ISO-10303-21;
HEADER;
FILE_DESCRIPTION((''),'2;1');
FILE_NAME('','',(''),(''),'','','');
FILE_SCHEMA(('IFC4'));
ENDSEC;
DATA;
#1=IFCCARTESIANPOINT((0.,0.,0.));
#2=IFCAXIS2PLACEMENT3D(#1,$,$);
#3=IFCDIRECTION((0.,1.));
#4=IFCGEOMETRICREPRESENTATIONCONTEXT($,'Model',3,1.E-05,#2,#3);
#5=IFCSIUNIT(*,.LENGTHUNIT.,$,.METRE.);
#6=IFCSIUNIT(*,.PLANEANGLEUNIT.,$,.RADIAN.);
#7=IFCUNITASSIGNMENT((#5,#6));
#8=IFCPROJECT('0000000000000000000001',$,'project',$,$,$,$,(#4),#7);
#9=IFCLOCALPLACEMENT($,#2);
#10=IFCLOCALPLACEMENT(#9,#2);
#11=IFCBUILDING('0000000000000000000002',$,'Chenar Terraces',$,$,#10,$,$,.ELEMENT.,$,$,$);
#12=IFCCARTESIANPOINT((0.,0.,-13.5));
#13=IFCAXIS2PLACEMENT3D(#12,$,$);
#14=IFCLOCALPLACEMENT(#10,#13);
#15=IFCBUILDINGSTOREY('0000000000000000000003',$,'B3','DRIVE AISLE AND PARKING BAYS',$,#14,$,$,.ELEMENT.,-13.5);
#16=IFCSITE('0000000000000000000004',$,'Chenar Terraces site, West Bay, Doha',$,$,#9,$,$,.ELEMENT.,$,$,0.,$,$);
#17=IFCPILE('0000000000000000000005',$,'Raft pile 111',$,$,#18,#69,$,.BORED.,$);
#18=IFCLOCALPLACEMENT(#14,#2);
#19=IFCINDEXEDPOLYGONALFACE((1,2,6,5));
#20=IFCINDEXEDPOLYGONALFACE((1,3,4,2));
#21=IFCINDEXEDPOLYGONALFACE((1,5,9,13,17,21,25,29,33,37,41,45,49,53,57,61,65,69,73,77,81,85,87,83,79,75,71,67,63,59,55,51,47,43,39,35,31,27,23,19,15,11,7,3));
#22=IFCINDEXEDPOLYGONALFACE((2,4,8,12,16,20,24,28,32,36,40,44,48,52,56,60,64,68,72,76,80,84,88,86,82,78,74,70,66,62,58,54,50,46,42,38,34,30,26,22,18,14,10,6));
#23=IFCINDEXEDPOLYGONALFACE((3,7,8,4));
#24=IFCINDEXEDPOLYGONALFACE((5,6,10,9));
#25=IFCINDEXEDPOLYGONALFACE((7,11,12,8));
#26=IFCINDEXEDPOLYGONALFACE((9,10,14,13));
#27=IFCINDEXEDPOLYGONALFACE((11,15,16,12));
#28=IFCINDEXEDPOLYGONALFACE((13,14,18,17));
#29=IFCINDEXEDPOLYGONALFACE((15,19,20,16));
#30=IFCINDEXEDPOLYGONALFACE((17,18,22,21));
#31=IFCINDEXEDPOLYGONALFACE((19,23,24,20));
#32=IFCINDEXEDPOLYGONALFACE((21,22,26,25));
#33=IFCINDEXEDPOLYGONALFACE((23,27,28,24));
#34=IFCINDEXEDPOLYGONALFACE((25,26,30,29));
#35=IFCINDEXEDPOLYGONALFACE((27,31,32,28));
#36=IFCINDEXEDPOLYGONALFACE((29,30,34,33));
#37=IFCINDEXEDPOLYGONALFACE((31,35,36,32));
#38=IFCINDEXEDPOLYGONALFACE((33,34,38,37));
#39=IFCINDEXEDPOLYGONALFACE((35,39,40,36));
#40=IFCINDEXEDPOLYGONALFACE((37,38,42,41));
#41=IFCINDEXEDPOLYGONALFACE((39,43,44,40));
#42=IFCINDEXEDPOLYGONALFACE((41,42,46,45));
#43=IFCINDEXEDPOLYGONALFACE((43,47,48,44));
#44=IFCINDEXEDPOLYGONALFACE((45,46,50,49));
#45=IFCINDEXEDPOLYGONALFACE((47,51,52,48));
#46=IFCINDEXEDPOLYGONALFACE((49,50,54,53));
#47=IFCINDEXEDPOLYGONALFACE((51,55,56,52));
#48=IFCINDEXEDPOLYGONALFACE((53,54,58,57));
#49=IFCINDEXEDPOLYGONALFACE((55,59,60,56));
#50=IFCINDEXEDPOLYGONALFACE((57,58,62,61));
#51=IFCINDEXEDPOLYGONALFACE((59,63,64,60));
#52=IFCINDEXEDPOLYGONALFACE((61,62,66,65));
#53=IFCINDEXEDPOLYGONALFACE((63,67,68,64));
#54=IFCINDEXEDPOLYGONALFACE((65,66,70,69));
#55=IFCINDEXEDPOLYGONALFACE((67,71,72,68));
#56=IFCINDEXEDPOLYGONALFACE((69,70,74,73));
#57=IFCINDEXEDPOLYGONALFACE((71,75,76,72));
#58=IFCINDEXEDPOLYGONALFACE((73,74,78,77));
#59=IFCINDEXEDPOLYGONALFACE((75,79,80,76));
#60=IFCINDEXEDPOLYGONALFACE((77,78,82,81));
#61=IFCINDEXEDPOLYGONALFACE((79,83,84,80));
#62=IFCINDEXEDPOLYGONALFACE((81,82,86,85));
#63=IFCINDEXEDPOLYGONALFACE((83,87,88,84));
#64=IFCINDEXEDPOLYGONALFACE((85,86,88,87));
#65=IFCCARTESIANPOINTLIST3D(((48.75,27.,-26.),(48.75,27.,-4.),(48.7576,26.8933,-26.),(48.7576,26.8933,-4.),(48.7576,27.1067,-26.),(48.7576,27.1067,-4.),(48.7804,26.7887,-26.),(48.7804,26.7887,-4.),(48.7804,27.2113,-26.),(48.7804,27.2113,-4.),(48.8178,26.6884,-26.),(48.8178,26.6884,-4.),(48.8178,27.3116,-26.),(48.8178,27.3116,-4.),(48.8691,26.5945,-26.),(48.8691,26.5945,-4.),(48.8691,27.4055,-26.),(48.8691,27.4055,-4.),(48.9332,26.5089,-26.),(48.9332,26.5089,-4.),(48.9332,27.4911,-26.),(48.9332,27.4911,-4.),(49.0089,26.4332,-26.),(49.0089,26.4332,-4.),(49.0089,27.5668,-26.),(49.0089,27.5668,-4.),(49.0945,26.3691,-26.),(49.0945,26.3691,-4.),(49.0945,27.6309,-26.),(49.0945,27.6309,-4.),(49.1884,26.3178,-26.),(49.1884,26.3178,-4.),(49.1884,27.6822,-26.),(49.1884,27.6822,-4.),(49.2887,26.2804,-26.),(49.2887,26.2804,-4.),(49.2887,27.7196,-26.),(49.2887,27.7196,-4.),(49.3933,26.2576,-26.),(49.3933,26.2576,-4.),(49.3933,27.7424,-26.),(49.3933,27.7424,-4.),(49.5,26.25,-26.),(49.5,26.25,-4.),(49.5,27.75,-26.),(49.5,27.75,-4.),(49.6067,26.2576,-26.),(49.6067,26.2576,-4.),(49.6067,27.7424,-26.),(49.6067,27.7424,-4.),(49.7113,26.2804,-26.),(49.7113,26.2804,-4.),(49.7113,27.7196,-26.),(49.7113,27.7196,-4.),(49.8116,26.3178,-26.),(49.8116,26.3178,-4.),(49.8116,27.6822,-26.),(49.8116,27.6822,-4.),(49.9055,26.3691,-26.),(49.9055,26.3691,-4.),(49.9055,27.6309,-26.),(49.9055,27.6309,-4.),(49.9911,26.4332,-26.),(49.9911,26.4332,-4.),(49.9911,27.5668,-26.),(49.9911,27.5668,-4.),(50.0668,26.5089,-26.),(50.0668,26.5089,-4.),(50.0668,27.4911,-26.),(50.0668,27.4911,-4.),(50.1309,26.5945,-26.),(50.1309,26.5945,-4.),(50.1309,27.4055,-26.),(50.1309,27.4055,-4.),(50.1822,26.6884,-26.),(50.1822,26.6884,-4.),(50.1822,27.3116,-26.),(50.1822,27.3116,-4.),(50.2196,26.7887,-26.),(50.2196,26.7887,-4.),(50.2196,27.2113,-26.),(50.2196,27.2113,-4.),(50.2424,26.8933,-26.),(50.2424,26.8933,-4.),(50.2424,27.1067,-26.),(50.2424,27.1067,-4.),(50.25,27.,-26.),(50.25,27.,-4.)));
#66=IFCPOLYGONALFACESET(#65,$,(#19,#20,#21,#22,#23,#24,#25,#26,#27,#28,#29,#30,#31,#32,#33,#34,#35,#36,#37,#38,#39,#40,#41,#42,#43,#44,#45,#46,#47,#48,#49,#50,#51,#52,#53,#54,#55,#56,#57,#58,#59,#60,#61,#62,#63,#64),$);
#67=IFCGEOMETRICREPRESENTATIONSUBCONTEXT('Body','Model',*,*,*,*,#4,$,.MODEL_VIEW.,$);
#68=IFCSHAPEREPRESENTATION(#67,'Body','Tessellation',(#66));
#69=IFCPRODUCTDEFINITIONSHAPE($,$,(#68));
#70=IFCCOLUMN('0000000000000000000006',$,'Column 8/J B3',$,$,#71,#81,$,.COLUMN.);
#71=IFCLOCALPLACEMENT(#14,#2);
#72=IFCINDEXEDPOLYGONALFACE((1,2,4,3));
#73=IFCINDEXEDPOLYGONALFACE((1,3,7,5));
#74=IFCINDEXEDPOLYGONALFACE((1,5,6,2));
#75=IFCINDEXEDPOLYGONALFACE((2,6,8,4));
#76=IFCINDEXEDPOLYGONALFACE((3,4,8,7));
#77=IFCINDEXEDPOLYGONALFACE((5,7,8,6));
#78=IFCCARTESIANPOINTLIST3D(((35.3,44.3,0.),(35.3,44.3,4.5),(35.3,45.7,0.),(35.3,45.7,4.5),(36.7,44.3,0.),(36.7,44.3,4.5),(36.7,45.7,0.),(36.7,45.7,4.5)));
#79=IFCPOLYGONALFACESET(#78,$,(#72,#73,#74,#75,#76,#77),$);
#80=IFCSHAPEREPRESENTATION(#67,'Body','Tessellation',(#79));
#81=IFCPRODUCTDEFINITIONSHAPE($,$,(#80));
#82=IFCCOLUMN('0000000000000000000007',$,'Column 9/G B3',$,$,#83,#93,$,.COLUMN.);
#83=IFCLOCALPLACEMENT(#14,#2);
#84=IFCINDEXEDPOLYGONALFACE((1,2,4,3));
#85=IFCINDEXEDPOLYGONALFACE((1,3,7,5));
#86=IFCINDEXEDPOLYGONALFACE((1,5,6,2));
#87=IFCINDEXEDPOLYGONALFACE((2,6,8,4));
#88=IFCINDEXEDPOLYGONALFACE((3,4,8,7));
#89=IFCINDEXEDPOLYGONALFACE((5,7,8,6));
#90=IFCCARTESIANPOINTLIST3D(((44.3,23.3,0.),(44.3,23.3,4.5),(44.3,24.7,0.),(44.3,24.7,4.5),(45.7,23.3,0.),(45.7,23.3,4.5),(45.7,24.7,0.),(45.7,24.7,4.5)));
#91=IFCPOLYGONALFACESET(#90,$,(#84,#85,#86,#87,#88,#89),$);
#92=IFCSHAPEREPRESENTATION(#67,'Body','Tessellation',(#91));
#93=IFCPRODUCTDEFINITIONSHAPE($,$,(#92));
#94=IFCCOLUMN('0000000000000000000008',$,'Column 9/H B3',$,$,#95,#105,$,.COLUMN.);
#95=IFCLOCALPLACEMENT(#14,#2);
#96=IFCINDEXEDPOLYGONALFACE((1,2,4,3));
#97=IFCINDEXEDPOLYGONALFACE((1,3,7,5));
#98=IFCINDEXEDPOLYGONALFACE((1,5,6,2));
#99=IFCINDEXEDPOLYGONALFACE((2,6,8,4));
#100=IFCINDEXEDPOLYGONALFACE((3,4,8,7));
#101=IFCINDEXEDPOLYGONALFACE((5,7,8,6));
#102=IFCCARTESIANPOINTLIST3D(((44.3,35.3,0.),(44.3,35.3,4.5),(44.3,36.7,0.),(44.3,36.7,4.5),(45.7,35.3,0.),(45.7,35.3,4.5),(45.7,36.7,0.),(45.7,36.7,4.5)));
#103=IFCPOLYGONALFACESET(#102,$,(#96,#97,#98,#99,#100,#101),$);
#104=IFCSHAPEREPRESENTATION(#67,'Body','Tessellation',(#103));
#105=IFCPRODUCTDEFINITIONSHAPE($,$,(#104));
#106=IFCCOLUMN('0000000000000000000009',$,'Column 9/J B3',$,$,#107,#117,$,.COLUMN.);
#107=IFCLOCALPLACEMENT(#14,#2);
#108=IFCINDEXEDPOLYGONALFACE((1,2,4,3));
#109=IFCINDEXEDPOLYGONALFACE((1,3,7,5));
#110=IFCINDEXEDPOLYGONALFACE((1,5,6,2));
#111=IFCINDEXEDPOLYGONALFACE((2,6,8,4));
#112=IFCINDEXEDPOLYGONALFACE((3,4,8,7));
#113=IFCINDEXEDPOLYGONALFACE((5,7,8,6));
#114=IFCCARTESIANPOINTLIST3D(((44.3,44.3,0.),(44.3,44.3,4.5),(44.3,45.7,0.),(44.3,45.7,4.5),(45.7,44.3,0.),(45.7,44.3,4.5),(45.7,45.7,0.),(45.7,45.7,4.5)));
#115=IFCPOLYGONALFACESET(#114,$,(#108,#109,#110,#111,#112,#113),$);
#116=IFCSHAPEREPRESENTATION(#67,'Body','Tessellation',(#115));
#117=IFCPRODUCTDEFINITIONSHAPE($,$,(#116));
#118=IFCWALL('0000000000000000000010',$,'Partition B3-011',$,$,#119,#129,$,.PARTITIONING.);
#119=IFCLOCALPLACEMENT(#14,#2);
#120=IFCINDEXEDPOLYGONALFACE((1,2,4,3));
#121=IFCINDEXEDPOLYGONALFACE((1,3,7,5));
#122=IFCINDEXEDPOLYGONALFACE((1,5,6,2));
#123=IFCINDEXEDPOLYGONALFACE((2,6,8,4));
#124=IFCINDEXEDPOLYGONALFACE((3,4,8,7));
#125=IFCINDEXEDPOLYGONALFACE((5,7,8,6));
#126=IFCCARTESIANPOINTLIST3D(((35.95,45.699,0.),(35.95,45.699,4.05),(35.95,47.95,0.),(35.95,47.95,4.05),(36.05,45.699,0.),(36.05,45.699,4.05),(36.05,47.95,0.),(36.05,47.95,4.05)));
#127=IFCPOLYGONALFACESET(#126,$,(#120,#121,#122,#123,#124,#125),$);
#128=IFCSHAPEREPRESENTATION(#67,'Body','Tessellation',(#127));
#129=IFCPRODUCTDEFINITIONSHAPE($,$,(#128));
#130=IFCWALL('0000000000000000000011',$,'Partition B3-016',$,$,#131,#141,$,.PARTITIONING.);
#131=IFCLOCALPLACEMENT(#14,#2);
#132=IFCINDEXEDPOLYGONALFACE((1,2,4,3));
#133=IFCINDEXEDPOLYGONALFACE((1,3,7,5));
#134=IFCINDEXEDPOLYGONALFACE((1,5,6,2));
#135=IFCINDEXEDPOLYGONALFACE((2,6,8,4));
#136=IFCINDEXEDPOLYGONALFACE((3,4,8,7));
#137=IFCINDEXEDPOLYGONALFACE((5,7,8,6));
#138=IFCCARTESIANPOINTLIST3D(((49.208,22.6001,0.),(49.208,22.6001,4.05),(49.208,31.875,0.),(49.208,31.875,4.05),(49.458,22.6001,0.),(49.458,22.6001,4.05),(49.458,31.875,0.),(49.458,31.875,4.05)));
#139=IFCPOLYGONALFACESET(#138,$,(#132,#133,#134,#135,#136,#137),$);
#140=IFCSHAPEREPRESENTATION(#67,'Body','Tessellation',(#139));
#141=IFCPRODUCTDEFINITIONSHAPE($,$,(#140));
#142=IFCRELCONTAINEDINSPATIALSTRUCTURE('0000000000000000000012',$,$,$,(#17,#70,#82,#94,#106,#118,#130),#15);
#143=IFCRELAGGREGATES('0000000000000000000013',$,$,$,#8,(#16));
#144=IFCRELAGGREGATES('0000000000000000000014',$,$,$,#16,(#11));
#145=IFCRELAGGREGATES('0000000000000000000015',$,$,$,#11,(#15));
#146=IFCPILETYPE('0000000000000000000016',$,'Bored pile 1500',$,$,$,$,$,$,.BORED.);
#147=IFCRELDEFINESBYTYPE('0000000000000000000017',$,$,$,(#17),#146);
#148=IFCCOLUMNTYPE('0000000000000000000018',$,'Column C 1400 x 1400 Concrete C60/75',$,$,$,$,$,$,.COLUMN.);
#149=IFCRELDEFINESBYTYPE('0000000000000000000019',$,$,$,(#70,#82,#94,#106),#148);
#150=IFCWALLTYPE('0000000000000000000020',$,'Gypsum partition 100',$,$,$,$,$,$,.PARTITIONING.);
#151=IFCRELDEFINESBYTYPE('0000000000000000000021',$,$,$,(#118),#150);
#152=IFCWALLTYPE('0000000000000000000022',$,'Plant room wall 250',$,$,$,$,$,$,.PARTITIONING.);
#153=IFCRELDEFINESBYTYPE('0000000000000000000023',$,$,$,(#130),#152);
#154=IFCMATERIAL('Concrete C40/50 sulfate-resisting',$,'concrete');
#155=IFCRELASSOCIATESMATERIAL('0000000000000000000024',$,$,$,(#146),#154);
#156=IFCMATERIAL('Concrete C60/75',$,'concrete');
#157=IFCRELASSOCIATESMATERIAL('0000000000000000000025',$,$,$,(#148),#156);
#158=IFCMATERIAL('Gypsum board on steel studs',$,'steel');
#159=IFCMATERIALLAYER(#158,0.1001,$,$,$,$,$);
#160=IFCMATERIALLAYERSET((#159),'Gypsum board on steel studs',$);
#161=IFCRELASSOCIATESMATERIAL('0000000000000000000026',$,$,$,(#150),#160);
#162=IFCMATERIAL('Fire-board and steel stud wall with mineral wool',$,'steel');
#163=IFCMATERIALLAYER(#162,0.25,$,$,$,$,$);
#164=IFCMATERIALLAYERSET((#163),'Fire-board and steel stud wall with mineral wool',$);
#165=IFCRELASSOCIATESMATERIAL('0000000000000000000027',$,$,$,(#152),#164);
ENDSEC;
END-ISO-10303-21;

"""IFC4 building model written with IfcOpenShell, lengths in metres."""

from ifc_helpers import new_model, si_unit, direction, frame, frame_2d, origin, origin_2d, place, context, subcontext, project, spatial, rectangle, circle, extrude, material, layer, layer_set, material_profile, profile_set, type_object, element, save


model = new_model("IFC4")

# Units and contexts
model_context = context("Model", 3, precision=1e-05, world=origin(), true_north=direction((0.0, 1.0)))
body_context = subcontext(model_context, "Body", "Model", "MODEL_VIEW")
ifc_project = project(units=[si_unit("LENGTHUNIT", "METRE"), si_unit("PLANEANGLEUNIT", "RADIAN")], contexts=[model_context])

# Site, building, storey
site_placement = place(None, origin())
site = spatial("IfcSite", under=ifc_project, at=site_placement, Name="Chenar Terraces site, West Bay, Doha", CompositionType="ELEMENT", RefElevation=0.0)
building_placement = place(site_placement, origin())
building = spatial("IfcBuilding", under=site, at=building_placement, Name="Chenar Terraces", CompositionType="ELEMENT")
storey_placement = place(building_placement, frame((0.0, 0.0, -13.5)))
storey = spatial("IfcBuildingStorey", under=building, at=storey_placement, Name="B3", Description="DRIVE AISLE AND PARKING BAYS", CompositionType="ELEMENT", Elevation=-13.5)

# Pile
ifc_material_1 = material(Name="Concrete C40/50 sulfate-resisting", Category="concrete")
ifc_material_profile_1 = material_profile(ifc_material_1, circle(Radius=0.75, at=origin_2d()), Name="BP 1500")
ifc_profile_set_1 = profile_set([ifc_material_profile_1], Name="Concrete C40/50 sulfate-resisting")
pile_type_1 = type_object("IfcPileType", Name="Bored pile 1500", PredefinedType="BORED", material=ifc_profile_set_1)
for number, where, z_axis, x_axis, name in (
    (1, (49.5, 27.0, -4.0), (0.0, 0.0, -1.0), (1.0, 0.0, 0.0), "Raft pile 111"),
):
    element("IfcPile", number, at=place(storey_placement, frame(where, z_axis=z_axis, x_axis=x_axis)), inside=storey, type_object=pile_type_1, Name=name, PredefinedType="BORED", context=body_context, shape_type="SweptSolid", body=[
        extrude(circle(Radius=0.75, at=origin_2d()), origin(), (0.0, 0.0, 1.0), 22.0),
    ])

# Columns
ifc_material_2 = material(Name="Concrete C60/75", Category="concrete")
ifc_material_profile_2 = material_profile(ifc_material_2, rectangle(XDim=1.3999, YDim=1.3999, at=origin_2d()), Name="C 1400 x 1400")
ifc_profile_set_2 = profile_set([ifc_material_profile_2], Name="Concrete C60/75")
column_type = type_object("IfcColumnType", Name="Column C 1400 x 1400 Concrete C60/75", PredefinedType="COLUMN", material=ifc_profile_set_2)
for number, where, z_axis, x_axis, name in (
    (2, (36.0, 45.0, 0.0), (0.0, 0.0, 1.0), (1.0, 0.0, 0.0), "Column 8/J B3"),
    (3, (45.0, 24.0, 0.0), (0.0, 0.0, 1.0), (1.0, 0.0, 0.0), "Column 9/G B3"),
    (4, (45.0, 36.0, 0.0), (0.0, 0.0, 1.0), (1.0, 0.0, 0.0), "Column 9/H B3"),
    (5, (45.0, 45.0, 0.0), (0.0, 0.0, 1.0), (1.0, 0.0, 0.0), "Column 9/J B3"),
):
    element("IfcColumn", number, at=place(storey_placement, frame(where, z_axis=z_axis, x_axis=x_axis)), inside=storey, type_object=column_type, Name=name, PredefinedType="COLUMN", context=body_context, shape_type="SweptSolid", body=[
        extrude(rectangle(XDim=1.3999, YDim=1.3999, at=origin_2d()), origin(), (0.0, 0.0, 1.0), 4.5),
    ])

# Walls
ifc_material_3 = material(Name="Gypsum board on steel studs", Category="steel")
ifc_layer_1 = layer(ifc_material_3, 0.1001)
ifc_layer_set_1 = layer_set([ifc_layer_1], Name="Gypsum board on steel studs")
wall_type_1 = type_object("IfcWallType", Name="Gypsum partition 100", PredefinedType="PARTITIONING", material=ifc_layer_set_1)
wall_1_placement = place(storey_placement, frame((36.0, 45.699, 0.0), z_axis=(0.0, 0.0, 1.0), x_axis=(0.0, 1.0, 0.0)))
element("IfcWall", 6, at=wall_1_placement, inside=storey, type_object=wall_type_1, Name="Partition B3-011", PredefinedType="PARTITIONING", context=body_context, shape_type="SweptSolid", body=[
    extrude(rectangle(XDim=2.251, YDim=0.1001, at=frame_2d((1.1255, 0.0))), origin(), (0.0, 0.0, 1.0), 4.05),
])
ifc_material_4 = material(Name="Fire-board and steel stud wall with mineral wool", Category="steel")
ifc_layer_2 = layer(ifc_material_4, 0.25)
ifc_layer_set_2 = layer_set([ifc_layer_2], Name="Fire-board and steel stud wall with mineral wool")
wall_type_2 = type_object("IfcWallType", Name="Plant room wall 250", PredefinedType="PARTITIONING", material=ifc_layer_set_2)
wall_2_placement = place(storey_placement, frame((49.333, 22.6001, 0.0), z_axis=(0.0, 0.0, 1.0), x_axis=(0.0, 1.0, 0.0)))
element("IfcWall", 7, at=wall_2_placement, inside=storey, type_object=wall_type_2, Name="Partition B3-016", PredefinedType="PARTITIONING", context=body_context, shape_type="SweptSolid", body=[
    extrude(rectangle(XDim=9.2749, YDim=0.25, at=frame_2d((4.6375, 0.0))), origin(), (0.0, 0.0, 1.0), 4.05),
])

save(model, "model.ifc")
